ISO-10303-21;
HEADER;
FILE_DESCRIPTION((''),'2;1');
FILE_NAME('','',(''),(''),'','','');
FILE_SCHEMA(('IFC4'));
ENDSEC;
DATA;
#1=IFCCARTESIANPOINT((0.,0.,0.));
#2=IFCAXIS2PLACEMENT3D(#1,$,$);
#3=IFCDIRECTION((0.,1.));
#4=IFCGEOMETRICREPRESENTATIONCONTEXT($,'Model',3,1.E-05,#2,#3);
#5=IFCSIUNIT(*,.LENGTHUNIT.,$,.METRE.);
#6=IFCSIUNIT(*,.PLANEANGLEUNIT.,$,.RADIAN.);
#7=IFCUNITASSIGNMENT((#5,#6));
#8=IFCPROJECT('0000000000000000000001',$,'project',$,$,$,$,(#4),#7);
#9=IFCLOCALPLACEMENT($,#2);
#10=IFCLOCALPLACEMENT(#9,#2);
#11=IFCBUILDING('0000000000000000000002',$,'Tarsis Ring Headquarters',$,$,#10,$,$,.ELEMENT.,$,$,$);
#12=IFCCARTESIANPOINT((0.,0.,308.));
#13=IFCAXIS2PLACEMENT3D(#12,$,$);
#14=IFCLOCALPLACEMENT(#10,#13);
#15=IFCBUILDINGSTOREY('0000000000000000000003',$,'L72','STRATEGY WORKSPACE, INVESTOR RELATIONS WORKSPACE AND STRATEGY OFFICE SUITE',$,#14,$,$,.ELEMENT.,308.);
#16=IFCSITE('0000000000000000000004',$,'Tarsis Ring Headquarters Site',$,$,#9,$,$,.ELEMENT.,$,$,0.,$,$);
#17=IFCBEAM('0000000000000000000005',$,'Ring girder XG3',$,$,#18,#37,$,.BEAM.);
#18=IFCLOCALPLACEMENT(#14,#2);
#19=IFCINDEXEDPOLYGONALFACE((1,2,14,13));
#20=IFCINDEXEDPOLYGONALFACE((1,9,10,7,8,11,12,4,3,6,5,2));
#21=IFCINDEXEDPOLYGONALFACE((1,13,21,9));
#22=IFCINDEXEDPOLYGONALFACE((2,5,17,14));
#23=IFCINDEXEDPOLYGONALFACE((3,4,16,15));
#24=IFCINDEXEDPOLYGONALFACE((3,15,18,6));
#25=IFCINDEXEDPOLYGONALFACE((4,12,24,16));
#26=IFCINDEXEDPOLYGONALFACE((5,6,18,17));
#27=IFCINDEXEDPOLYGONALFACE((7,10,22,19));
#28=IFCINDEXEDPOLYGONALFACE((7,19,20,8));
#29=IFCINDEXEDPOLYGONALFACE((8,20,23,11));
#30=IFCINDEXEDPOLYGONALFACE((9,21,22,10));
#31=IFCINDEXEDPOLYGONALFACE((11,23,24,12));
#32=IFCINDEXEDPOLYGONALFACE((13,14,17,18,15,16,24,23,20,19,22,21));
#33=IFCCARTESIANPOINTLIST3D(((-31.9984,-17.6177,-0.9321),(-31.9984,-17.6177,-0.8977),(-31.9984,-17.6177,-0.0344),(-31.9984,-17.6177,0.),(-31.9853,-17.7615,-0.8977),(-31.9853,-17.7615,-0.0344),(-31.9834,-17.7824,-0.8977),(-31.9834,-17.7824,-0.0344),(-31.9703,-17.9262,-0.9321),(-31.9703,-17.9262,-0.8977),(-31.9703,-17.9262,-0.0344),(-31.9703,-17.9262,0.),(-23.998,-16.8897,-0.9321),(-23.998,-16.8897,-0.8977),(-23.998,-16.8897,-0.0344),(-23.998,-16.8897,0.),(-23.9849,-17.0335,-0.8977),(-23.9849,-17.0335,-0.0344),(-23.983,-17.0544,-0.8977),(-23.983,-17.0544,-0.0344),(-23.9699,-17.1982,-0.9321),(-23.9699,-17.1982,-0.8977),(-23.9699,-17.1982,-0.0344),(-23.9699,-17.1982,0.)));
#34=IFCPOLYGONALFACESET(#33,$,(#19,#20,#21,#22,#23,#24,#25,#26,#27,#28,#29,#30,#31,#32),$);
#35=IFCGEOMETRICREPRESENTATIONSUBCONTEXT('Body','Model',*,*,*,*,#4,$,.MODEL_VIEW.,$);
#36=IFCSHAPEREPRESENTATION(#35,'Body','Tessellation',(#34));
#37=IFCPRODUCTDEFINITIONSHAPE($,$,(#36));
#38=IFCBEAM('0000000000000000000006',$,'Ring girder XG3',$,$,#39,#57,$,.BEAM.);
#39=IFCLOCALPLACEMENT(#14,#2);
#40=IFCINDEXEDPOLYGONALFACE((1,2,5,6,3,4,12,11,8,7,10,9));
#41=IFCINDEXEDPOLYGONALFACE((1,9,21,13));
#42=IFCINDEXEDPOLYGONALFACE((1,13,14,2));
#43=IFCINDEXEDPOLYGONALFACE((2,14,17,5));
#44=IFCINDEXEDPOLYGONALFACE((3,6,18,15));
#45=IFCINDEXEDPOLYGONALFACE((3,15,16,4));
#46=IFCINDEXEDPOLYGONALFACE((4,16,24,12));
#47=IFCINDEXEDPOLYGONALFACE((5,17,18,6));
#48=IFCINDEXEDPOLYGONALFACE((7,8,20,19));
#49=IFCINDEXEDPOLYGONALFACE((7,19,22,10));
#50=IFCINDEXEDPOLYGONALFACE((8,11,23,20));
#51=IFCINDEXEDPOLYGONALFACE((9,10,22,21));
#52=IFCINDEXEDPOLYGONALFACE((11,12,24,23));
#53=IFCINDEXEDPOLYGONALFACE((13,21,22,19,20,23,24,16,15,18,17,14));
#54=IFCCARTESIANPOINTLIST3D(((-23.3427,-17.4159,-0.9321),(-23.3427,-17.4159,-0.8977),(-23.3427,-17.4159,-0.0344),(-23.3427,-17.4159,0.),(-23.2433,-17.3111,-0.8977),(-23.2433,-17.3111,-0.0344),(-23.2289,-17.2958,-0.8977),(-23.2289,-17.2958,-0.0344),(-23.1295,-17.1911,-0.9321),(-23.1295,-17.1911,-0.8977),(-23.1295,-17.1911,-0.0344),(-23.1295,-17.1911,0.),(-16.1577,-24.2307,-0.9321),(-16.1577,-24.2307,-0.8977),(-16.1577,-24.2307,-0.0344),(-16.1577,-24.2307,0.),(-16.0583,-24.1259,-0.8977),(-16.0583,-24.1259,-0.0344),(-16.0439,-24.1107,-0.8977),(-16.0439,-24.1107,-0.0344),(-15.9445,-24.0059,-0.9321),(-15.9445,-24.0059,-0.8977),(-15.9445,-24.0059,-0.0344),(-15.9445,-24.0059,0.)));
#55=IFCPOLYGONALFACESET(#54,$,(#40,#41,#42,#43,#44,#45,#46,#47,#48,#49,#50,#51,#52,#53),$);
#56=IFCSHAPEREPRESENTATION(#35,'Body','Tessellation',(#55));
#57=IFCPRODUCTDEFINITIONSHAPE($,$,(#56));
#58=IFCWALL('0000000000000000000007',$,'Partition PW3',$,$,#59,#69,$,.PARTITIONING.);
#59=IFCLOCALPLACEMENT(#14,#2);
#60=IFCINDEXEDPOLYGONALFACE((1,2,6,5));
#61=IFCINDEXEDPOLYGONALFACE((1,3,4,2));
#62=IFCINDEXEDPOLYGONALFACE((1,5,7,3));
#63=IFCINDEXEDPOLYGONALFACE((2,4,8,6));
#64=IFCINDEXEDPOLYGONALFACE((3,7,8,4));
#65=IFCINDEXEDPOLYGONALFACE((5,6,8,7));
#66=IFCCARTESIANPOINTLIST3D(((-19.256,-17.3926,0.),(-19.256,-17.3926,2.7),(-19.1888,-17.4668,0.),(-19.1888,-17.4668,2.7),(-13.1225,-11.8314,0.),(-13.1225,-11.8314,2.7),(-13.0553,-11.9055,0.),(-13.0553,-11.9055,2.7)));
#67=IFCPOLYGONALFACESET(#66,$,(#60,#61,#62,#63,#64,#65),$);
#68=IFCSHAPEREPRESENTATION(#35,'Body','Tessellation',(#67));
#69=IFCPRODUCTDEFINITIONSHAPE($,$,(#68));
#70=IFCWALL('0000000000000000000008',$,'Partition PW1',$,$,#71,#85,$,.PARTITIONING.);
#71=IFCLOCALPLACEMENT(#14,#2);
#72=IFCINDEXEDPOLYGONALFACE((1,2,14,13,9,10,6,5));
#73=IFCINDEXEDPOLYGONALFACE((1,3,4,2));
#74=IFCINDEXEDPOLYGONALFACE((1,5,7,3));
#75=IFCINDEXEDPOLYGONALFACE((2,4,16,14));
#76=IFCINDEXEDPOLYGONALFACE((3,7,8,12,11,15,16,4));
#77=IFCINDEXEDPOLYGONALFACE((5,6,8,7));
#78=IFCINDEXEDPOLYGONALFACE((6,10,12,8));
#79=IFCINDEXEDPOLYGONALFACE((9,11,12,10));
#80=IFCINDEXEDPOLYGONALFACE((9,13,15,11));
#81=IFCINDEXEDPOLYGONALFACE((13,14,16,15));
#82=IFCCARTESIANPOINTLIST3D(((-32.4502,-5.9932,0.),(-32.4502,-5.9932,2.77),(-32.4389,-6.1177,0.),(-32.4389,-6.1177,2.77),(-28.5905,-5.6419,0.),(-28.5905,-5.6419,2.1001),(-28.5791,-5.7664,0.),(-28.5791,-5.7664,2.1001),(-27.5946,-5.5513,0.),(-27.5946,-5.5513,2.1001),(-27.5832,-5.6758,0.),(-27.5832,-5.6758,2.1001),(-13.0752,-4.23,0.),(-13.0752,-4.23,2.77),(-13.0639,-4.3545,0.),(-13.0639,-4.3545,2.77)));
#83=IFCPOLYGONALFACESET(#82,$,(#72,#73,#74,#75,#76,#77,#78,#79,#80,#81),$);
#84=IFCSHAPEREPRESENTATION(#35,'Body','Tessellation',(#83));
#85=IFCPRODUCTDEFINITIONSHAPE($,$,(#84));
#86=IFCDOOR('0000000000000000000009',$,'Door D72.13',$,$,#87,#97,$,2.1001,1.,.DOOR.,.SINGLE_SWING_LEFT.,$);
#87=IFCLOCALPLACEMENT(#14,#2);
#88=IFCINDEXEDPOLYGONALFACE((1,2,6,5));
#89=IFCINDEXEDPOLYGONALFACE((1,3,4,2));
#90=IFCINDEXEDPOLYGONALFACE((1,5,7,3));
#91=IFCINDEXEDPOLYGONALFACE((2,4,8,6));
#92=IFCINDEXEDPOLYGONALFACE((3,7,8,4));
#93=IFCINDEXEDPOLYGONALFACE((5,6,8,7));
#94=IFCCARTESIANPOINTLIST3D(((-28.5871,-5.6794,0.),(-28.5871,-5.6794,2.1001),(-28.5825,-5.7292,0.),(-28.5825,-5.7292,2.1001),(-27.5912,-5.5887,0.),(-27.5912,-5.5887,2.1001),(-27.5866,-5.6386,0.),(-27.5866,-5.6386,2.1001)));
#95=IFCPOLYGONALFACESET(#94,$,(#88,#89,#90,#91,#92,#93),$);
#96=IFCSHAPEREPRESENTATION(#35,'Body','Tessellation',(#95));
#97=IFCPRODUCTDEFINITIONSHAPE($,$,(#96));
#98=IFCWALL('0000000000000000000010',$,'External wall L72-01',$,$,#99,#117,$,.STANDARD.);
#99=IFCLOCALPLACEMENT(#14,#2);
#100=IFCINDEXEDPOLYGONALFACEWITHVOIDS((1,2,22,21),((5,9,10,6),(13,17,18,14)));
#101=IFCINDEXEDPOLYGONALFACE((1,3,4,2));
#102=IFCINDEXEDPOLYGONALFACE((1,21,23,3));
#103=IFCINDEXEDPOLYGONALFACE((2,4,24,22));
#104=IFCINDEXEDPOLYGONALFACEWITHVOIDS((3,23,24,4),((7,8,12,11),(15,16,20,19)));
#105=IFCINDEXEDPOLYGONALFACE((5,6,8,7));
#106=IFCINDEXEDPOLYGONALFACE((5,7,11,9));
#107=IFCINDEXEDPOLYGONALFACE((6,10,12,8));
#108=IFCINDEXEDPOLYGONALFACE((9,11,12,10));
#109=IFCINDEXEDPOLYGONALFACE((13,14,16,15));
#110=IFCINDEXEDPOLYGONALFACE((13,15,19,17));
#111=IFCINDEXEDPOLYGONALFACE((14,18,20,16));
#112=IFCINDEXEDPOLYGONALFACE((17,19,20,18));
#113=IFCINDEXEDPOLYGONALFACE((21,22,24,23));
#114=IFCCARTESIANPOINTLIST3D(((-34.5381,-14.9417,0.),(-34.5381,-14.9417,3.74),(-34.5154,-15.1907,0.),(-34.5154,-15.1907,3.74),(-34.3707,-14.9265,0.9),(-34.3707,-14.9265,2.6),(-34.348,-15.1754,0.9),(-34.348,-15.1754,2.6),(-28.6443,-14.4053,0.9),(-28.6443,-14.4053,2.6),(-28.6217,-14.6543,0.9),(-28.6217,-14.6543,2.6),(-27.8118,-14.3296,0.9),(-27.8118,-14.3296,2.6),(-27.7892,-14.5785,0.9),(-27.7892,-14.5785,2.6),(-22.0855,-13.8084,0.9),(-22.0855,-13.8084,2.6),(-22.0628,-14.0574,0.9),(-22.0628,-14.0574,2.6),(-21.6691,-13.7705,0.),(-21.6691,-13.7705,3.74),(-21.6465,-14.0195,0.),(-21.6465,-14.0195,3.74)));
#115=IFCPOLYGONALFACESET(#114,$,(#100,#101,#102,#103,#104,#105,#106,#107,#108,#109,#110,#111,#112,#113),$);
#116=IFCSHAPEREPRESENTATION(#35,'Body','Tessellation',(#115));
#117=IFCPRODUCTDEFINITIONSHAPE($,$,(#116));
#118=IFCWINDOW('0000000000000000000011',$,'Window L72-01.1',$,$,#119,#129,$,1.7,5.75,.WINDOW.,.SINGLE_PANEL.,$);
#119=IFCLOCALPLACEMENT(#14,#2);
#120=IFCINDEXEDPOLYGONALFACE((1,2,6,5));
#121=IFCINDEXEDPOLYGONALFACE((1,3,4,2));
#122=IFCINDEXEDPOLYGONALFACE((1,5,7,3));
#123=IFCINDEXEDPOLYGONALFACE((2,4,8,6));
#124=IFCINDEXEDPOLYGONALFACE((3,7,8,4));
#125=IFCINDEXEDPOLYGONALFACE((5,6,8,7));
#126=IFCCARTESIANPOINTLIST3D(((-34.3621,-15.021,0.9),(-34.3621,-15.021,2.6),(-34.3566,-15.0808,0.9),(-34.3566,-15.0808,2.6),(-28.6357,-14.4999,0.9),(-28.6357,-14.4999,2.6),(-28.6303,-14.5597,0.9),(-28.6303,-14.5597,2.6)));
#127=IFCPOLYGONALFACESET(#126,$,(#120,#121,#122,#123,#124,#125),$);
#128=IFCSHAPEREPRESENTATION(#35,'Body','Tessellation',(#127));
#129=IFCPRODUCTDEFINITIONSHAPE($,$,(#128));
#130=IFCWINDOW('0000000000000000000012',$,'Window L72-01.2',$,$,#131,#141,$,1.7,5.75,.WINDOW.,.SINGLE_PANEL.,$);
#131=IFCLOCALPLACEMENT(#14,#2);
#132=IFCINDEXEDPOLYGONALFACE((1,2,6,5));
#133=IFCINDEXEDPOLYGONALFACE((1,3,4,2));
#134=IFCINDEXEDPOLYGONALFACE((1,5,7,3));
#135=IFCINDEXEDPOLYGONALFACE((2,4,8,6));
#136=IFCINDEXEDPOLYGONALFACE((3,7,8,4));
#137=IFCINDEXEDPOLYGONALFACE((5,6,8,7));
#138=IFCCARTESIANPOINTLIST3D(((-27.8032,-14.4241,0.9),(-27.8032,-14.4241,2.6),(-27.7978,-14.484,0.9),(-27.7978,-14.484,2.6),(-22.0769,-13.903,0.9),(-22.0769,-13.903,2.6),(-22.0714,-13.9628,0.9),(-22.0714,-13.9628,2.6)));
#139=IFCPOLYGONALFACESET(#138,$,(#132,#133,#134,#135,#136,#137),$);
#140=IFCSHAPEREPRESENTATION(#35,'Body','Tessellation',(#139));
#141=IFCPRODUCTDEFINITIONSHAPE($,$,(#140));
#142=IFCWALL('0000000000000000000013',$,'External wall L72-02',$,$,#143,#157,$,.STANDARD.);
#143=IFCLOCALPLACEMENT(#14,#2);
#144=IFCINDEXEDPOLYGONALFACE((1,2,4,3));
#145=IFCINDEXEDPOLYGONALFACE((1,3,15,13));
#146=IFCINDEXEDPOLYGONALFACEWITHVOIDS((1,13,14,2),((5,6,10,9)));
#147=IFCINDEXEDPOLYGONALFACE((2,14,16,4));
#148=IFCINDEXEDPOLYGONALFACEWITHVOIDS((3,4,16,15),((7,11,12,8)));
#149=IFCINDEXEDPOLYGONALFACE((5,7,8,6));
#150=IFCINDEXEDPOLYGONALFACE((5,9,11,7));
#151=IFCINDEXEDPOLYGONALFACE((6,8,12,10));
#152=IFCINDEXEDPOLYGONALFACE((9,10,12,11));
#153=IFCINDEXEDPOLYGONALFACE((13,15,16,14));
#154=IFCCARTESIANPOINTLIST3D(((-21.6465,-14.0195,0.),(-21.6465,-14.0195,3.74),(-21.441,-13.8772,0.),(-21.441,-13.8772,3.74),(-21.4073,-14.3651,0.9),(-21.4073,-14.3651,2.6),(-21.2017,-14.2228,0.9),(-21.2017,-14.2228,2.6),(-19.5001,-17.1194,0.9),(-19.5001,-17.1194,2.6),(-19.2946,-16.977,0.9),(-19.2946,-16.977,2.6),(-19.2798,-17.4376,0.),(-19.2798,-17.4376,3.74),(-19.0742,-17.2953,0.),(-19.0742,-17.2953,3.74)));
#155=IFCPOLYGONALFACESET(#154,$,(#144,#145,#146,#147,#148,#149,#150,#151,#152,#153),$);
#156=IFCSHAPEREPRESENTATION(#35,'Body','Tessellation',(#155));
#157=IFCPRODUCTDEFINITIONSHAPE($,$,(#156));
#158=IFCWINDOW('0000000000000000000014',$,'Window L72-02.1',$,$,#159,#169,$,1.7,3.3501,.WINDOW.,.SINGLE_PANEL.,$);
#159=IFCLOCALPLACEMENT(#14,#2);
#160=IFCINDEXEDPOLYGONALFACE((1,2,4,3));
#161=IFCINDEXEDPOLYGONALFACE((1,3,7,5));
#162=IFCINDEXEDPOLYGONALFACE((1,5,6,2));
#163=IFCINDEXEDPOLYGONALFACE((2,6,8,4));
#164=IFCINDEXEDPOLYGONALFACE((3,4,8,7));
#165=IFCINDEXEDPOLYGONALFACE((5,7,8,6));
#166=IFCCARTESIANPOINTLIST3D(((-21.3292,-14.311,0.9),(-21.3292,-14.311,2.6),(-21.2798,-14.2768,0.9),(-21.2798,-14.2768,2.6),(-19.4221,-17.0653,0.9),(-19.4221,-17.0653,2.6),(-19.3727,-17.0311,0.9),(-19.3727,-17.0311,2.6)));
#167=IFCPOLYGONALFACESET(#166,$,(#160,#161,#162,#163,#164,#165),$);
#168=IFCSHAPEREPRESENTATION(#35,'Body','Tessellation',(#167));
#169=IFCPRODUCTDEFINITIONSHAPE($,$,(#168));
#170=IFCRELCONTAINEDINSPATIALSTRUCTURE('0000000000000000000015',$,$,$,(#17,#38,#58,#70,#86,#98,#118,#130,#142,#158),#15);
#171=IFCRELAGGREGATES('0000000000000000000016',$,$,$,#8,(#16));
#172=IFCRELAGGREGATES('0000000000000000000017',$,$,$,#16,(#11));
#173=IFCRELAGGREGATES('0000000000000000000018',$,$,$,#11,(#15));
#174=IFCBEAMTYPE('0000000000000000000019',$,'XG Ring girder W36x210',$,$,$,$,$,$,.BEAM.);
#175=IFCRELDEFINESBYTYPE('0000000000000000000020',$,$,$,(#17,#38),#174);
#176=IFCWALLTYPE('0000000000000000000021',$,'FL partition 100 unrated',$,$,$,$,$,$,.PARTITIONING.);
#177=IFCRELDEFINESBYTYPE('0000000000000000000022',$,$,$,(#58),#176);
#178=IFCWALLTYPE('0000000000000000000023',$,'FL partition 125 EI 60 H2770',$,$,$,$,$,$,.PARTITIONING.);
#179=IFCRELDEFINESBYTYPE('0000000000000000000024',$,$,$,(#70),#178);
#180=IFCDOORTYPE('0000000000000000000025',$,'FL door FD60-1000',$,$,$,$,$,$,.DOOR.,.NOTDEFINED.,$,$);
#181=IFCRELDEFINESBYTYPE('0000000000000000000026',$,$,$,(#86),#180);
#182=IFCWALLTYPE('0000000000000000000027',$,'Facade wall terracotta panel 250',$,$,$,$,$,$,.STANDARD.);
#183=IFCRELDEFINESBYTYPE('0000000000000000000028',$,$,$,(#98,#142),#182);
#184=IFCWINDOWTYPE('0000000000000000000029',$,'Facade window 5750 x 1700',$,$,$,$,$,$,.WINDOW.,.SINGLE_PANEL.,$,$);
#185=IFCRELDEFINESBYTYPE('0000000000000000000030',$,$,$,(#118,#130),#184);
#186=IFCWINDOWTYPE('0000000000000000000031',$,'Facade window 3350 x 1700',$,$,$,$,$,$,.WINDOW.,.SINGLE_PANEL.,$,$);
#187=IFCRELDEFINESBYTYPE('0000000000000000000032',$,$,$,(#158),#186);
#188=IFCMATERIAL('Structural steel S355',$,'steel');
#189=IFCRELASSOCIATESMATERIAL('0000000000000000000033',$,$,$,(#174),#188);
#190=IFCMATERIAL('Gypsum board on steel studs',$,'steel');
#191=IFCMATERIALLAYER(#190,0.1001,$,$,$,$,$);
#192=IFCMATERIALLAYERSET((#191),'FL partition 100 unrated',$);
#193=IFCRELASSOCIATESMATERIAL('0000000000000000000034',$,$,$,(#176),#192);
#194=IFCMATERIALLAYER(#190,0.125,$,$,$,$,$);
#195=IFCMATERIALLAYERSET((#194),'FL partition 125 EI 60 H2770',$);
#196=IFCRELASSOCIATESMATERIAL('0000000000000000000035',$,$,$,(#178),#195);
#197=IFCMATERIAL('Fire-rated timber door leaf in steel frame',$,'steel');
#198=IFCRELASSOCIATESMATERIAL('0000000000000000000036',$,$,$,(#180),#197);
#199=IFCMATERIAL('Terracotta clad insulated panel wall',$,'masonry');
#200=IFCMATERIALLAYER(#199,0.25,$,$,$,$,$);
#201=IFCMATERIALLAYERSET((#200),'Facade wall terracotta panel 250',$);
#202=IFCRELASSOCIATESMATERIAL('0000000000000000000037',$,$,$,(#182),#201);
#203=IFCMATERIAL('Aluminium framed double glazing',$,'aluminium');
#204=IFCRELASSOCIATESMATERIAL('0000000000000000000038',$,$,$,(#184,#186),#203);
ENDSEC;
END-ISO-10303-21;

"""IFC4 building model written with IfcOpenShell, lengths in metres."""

from ifc_helpers import new_model, si_unit, direction, frame, frame_2d, origin, origin_2d, place, context, subcontext, project, spatial, rectangle, i_section, extrude, material, layer, layer_set, material_profile, profile_set, type_object, element, fill, save


model = new_model("IFC4")

# Units and contexts
model_context = context("Model", 3, precision=1e-05, world=origin(), true_north=direction((0.0, 1.0)))
body_context = subcontext(model_context, "Body", "Model", "MODEL_VIEW")
ifc_project = project(units=[si_unit("LENGTHUNIT", "METRE"), si_unit("PLANEANGLEUNIT", "RADIAN")], contexts=[model_context])

# Site, building, storey
site_placement = place(None, origin())
site = spatial("IfcSite", under=ifc_project, at=site_placement, Name="Tarsis Ring Headquarters Site", CompositionType="ELEMENT", RefElevation=0.0)
building_placement = place(site_placement, origin())
building = spatial("IfcBuilding", under=site, at=building_placement, Name="Tarsis Ring Headquarters", CompositionType="ELEMENT")
storey_placement = place(building_placement, frame((0.0, 0.0, 308.0)))
storey = spatial("IfcBuildingStorey", under=building, at=storey_placement, Name="L72", Description="STRATEGY WORKSPACE, INVESTOR RELATIONS WORKSPACE AND STRATEGY OFFICE SUITE", CompositionType="ELEMENT", Elevation=308.0)

# Shared definitions
ifc_material_1 = material(Name="Structural steel S355", Category="steel")

# Beams
ifc_material_profile_1 = material_profile(ifc_material_1, i_section(OverallWidth=0.3098, OverallDepth=0.9321, WebThickness=0.021, FlangeThickness=0.0344, at=origin_2d()), Name="W36x210")
ifc_profile_set_1 = profile_set([ifc_material_profile_1], Name="Structural steel S355")
beam_type = type_object("IfcBeamType", Name="XG Ring girder W36x210", PredefinedType="BEAM", material=ifc_profile_set_1)
beam_1_placement = place(storey_placement, frame((-31.9844, -17.772, -0.4661), z_axis=(0.995885, 0.090623, 0.0), x_axis=(-0.090623, 0.995885, 0.0)))
element("IfcBeam", 1, at=beam_1_placement, inside=storey, type_object=beam_type, Name="Ring girder XG3", PredefinedType="BEAM", context=body_context, shape_type="SweptSolid", body=[
    extrude(i_section(OverallWidth=0.3098, OverallDepth=0.9321, WebThickness=0.021, FlangeThickness=0.0344, at=origin_2d()), origin(), (0.0, 0.0, 1.0), 8.0334),
])
beam_2_placement = place(storey_placement, frame((-23.2361, -17.3035, -0.4661), z_axis=(0.725547, -0.688173, 0.0), x_axis=(0.688173, 0.725547, 0.0)))
element("IfcBeam", 2, at=beam_2_placement, inside=storey, type_object=beam_type, Name="Ring girder XG3", PredefinedType="BEAM", context=body_context, shape_type="SweptSolid", body=[
    extrude(i_section(OverallWidth=0.3098, OverallDepth=0.9321, WebThickness=0.021, FlangeThickness=0.0344, at=origin_2d()), origin(), (0.0, 0.0, 1.0), 9.9028),
])

# Wall
ifc_material_2 = material(Name="Gypsum board on steel studs", Category="steel")
ifc_layer_1 = layer(ifc_material_2, 0.1001)
ifc_layer_set_1 = layer_set([ifc_layer_1], Name="FL partition 100 unrated")
wall_type_1 = type_object("IfcWallType", Name="FL partition 100 unrated", PredefinedType="PARTITIONING", material=ifc_layer_set_1)
wall_1_placement = place(storey_placement, frame((-19.2224, -17.4297, 0.0), z_axis=(0.0, 0.0, 1.0), x_axis=(0.740821, 0.671702, 0.0)))
element("IfcWall", 3, at=wall_1_placement, inside=storey, type_object=wall_type_1, Name="Partition PW3", PredefinedType="PARTITIONING", context=body_context, shape_type="SweptSolid", body=[
    extrude(rectangle(XDim=8.2793, YDim=0.1001, at=frame_2d((4.1396, 0.0))), origin(), (0.0, 0.0, 1.0), 2.7),
])

# Wall, opening, door
ifc_layer_2 = layer(ifc_material_2, 0.125)
ifc_layer_set_2 = layer_set([ifc_layer_2], Name="FL partition 125 EI 60 H2770")
wall_type_2 = type_object("IfcWallType", Name="FL partition 125 EI 60 H2770", PredefinedType="PARTITIONING", material=ifc_layer_set_2)
wall_2_placement = place(storey_placement, frame((-32.4446, -6.0554, 0.0), z_axis=(0.0, 0.0, 1.0), x_axis=(0.995885, 0.090629, 0.0)))
wall_2 = element("IfcWall", 4, at=wall_2_placement, inside=storey, type_object=wall_type_2, Name="Partition PW1", PredefinedType="PARTITIONING", context=body_context, shape_type="SweptSolid", body=[
    extrude(rectangle(XDim=19.4551, YDim=0.125, at=frame_2d((9.7275, 0.0))), origin(), (0.0, 0.0, 1.0), 2.77),
])
opening_1_placement = place(wall_2_placement, frame((3.8757, 0.0, 0.0)))
opening_1 = element("IfcOpeningElement", 5, at=opening_1_placement, cuts=wall_2, PredefinedType="OPENING", context=body_context, shape_type="SweptSolid", body=[
    extrude(rectangle(XDim=1.0, YDim=2.1001, at=frame_2d((0.5, 1.05))), frame((0.0, 0.0725, 0.0), z_axis=(0.0, -1.0, 0.0), x_axis=(1.0, 0.0, 0.0)), (0.0, 0.0, 1.0), 0.145),
])
ifc_material_3 = material(Name="Fire-rated timber door leaf in steel frame", Category="steel")
door_type = type_object("IfcDoorType", Name="FL door FD60-1000", OperationType="NOTDEFINED", PredefinedType="DOOR", material=ifc_material_3)
door_placement = place(opening_1_placement, origin())
door = element("IfcDoor", 6, at=door_placement, inside=storey, type_object=door_type, Name="Door D72.13", OperationType="SINGLE_SWING_LEFT", OverallHeight=2.1001, OverallWidth=1.0, PredefinedType="DOOR", context=body_context, shape_type="SweptSolid", body=[
    extrude(rectangle(XDim=1.0, YDim=2.1001, at=frame_2d((0.5, 1.05))), frame((0.0, 0.0249, 0.0), z_axis=(0.0, -1.0, 0.0), x_axis=(1.0, 0.0, 0.0)), (0.0, 0.0, 1.0), 0.05),
])
fill(opening_1, door)

# Wall, openings, windows
ifc_material_4 = material(Name="Terracotta clad insulated panel wall", Category="masonry")
ifc_layer_3 = layer(ifc_material_4, 0.25)
ifc_layer_set_3 = layer_set([ifc_layer_3], Name="Facade wall terracotta panel 250")
wall_type_3 = type_object("IfcWallType", Name="Facade wall terracotta panel 250", PredefinedType="STANDARD", material=ifc_layer_set_3)
wall_3_placement = place(storey_placement, frame((-34.5266, -15.0662, 0.0), z_axis=(0.0, 0.0, 1.0), x_axis=(0.995885, 0.090631, 0.0)))
wall_3 = element("IfcWall", 7, at=wall_3_placement, inside=storey, type_object=wall_type_3, Name="External wall L72-01", PredefinedType="STANDARD", context=body_context, shape_type="SweptSolid", body=[
    extrude(rectangle(XDim=12.9221, YDim=0.25, at=frame_2d((6.4609, 0.0))), origin(), (0.0, 0.0, 1.0), 3.74),
])
opening_2_placement = place(wall_3_placement, frame((0.168, 0.0, 0.8999)))
opening_2 = element("IfcOpeningElement", 8, at=opening_2_placement, cuts=wall_3, PredefinedType="OPENING", context=body_context, shape_type="SweptSolid", body=[
    extrude(rectangle(XDim=5.75, YDim=1.7, at=frame_2d((2.875, 0.8501))), frame((0.0, 0.135, 0.0), z_axis=(0.0, -1.0, 0.0), x_axis=(1.0, 0.0, 0.0)), (0.0, 0.0, 1.0), 0.27),
])
opening_3_placement = place(wall_3_placement, frame((6.7539, 0.0, 0.8999)))
opening_3 = element("IfcOpeningElement", 9, at=opening_3_placement, cuts=wall_3, PredefinedType="OPENING", context=body_context, shape_type="SweptSolid", body=[
    extrude(rectangle(XDim=5.75, YDim=1.7, at=frame_2d((2.875, 0.8501))), frame((0.0, 0.135, 0.0), z_axis=(0.0, -1.0, 0.0), x_axis=(1.0, 0.0, 0.0)), (0.0, 0.0, 1.0), 0.27),
])
ifc_material_5 = material(Name="Aluminium framed double glazing", Category="aluminium")
window_type_1 = type_object("IfcWindowType", Name="Facade window 5750 x 1700", PartitioningType="SINGLE_PANEL", PredefinedType="WINDOW", material=ifc_material_5)
window_1_placement = place(opening_2_placement, origin())
window_1 = element("IfcWindow", 10, at=window_1_placement, inside=storey, type_object=window_type_1, Name="Window L72-01.1", OverallHeight=1.7, OverallWidth=5.75, PartitioningType="SINGLE_PANEL", PredefinedType="WINDOW", context=body_context, shape_type="SweptSolid", body=[
    extrude(rectangle(XDim=5.75, YDim=1.7, at=frame_2d((2.875, 0.8501))), frame((0.0, 0.03, 0.0), z_axis=(0.0, -1.0, 0.0), x_axis=(1.0, 0.0, 0.0)), (0.0, 0.0, 1.0), 0.0601),
])
fill(opening_2, window_1)
window_2_placement = place(opening_3_placement, origin())
window_2 = element("IfcWindow", 11, at=window_2_placement, inside=storey, type_object=window_type_1, Name="Window L72-01.2", OverallHeight=1.7, OverallWidth=5.75, PartitioningType="SINGLE_PANEL", PredefinedType="WINDOW", context=body_context, shape_type="SweptSolid", body=[
    extrude(rectangle(XDim=5.75, YDim=1.7, at=frame_2d((2.875, 0.8501))), frame((0.0, 0.03, 0.0), z_axis=(0.0, -1.0, 0.0), x_axis=(1.0, 0.0, 0.0)), (0.0, 0.0, 1.0), 0.0601),
])
fill(opening_3, window_2)

# Wall, opening, window
wall_4_placement = place(storey_placement, frame((-21.5437, -13.9485, 0.0), z_axis=(0.0, 0.0, 1.0), x_axis=(0.569277, -0.822146, 0.0)))
wall_4 = element("IfcWall", 12, at=wall_4_placement, inside=storey, type_object=wall_type_3, Name="External wall L72-02", PredefinedType="STANDARD", context=body_context, shape_type="SweptSolid", body=[
    extrude(rectangle(XDim=4.1575, YDim=0.25, at=frame_2d((2.0786, 0.0))), origin(), (0.0, 0.0, 1.0), 3.74),
])
opening_4_placement = place(wall_4_placement, frame((0.4202, 0.0, 0.8999)))
opening_4 = element("IfcOpeningElement", 13, at=opening_4_placement, cuts=wall_4, PredefinedType="OPENING", context=body_context, shape_type="SweptSolid", body=[
    extrude(rectangle(XDim=3.3501, YDim=1.7, at=frame_2d((1.675, 0.8501))), frame((0.0, 0.135, 0.0), z_axis=(0.0, -1.0, 0.0), x_axis=(1.0, 0.0, 0.0)), (0.0, 0.0, 1.0), 0.27),
])
window_type_2 = type_object("IfcWindowType", Name="Facade window 3350 x 1700", PartitioningType="SINGLE_PANEL", PredefinedType="WINDOW", material=ifc_material_5)
window_3_placement = place(opening_4_placement, origin())
window_3 = element("IfcWindow", 14, at=window_3_placement, inside=storey, type_object=window_type_2, Name="Window L72-02.1", OverallHeight=1.7, OverallWidth=3.3501, PartitioningType="SINGLE_PANEL", PredefinedType="WINDOW", context=body_context, shape_type="SweptSolid", body=[
    extrude(rectangle(XDim=3.3501, YDim=1.7, at=frame_2d((1.675, 0.8501))), frame((0.0, 0.03, 0.0), z_axis=(0.0, -1.0, 0.0), x_axis=(1.0, 0.0, 0.0)), (0.0, 0.0, 1.0), 0.0601),
])
fill(opening_4, window_3)

save(model, "model.ifc")
